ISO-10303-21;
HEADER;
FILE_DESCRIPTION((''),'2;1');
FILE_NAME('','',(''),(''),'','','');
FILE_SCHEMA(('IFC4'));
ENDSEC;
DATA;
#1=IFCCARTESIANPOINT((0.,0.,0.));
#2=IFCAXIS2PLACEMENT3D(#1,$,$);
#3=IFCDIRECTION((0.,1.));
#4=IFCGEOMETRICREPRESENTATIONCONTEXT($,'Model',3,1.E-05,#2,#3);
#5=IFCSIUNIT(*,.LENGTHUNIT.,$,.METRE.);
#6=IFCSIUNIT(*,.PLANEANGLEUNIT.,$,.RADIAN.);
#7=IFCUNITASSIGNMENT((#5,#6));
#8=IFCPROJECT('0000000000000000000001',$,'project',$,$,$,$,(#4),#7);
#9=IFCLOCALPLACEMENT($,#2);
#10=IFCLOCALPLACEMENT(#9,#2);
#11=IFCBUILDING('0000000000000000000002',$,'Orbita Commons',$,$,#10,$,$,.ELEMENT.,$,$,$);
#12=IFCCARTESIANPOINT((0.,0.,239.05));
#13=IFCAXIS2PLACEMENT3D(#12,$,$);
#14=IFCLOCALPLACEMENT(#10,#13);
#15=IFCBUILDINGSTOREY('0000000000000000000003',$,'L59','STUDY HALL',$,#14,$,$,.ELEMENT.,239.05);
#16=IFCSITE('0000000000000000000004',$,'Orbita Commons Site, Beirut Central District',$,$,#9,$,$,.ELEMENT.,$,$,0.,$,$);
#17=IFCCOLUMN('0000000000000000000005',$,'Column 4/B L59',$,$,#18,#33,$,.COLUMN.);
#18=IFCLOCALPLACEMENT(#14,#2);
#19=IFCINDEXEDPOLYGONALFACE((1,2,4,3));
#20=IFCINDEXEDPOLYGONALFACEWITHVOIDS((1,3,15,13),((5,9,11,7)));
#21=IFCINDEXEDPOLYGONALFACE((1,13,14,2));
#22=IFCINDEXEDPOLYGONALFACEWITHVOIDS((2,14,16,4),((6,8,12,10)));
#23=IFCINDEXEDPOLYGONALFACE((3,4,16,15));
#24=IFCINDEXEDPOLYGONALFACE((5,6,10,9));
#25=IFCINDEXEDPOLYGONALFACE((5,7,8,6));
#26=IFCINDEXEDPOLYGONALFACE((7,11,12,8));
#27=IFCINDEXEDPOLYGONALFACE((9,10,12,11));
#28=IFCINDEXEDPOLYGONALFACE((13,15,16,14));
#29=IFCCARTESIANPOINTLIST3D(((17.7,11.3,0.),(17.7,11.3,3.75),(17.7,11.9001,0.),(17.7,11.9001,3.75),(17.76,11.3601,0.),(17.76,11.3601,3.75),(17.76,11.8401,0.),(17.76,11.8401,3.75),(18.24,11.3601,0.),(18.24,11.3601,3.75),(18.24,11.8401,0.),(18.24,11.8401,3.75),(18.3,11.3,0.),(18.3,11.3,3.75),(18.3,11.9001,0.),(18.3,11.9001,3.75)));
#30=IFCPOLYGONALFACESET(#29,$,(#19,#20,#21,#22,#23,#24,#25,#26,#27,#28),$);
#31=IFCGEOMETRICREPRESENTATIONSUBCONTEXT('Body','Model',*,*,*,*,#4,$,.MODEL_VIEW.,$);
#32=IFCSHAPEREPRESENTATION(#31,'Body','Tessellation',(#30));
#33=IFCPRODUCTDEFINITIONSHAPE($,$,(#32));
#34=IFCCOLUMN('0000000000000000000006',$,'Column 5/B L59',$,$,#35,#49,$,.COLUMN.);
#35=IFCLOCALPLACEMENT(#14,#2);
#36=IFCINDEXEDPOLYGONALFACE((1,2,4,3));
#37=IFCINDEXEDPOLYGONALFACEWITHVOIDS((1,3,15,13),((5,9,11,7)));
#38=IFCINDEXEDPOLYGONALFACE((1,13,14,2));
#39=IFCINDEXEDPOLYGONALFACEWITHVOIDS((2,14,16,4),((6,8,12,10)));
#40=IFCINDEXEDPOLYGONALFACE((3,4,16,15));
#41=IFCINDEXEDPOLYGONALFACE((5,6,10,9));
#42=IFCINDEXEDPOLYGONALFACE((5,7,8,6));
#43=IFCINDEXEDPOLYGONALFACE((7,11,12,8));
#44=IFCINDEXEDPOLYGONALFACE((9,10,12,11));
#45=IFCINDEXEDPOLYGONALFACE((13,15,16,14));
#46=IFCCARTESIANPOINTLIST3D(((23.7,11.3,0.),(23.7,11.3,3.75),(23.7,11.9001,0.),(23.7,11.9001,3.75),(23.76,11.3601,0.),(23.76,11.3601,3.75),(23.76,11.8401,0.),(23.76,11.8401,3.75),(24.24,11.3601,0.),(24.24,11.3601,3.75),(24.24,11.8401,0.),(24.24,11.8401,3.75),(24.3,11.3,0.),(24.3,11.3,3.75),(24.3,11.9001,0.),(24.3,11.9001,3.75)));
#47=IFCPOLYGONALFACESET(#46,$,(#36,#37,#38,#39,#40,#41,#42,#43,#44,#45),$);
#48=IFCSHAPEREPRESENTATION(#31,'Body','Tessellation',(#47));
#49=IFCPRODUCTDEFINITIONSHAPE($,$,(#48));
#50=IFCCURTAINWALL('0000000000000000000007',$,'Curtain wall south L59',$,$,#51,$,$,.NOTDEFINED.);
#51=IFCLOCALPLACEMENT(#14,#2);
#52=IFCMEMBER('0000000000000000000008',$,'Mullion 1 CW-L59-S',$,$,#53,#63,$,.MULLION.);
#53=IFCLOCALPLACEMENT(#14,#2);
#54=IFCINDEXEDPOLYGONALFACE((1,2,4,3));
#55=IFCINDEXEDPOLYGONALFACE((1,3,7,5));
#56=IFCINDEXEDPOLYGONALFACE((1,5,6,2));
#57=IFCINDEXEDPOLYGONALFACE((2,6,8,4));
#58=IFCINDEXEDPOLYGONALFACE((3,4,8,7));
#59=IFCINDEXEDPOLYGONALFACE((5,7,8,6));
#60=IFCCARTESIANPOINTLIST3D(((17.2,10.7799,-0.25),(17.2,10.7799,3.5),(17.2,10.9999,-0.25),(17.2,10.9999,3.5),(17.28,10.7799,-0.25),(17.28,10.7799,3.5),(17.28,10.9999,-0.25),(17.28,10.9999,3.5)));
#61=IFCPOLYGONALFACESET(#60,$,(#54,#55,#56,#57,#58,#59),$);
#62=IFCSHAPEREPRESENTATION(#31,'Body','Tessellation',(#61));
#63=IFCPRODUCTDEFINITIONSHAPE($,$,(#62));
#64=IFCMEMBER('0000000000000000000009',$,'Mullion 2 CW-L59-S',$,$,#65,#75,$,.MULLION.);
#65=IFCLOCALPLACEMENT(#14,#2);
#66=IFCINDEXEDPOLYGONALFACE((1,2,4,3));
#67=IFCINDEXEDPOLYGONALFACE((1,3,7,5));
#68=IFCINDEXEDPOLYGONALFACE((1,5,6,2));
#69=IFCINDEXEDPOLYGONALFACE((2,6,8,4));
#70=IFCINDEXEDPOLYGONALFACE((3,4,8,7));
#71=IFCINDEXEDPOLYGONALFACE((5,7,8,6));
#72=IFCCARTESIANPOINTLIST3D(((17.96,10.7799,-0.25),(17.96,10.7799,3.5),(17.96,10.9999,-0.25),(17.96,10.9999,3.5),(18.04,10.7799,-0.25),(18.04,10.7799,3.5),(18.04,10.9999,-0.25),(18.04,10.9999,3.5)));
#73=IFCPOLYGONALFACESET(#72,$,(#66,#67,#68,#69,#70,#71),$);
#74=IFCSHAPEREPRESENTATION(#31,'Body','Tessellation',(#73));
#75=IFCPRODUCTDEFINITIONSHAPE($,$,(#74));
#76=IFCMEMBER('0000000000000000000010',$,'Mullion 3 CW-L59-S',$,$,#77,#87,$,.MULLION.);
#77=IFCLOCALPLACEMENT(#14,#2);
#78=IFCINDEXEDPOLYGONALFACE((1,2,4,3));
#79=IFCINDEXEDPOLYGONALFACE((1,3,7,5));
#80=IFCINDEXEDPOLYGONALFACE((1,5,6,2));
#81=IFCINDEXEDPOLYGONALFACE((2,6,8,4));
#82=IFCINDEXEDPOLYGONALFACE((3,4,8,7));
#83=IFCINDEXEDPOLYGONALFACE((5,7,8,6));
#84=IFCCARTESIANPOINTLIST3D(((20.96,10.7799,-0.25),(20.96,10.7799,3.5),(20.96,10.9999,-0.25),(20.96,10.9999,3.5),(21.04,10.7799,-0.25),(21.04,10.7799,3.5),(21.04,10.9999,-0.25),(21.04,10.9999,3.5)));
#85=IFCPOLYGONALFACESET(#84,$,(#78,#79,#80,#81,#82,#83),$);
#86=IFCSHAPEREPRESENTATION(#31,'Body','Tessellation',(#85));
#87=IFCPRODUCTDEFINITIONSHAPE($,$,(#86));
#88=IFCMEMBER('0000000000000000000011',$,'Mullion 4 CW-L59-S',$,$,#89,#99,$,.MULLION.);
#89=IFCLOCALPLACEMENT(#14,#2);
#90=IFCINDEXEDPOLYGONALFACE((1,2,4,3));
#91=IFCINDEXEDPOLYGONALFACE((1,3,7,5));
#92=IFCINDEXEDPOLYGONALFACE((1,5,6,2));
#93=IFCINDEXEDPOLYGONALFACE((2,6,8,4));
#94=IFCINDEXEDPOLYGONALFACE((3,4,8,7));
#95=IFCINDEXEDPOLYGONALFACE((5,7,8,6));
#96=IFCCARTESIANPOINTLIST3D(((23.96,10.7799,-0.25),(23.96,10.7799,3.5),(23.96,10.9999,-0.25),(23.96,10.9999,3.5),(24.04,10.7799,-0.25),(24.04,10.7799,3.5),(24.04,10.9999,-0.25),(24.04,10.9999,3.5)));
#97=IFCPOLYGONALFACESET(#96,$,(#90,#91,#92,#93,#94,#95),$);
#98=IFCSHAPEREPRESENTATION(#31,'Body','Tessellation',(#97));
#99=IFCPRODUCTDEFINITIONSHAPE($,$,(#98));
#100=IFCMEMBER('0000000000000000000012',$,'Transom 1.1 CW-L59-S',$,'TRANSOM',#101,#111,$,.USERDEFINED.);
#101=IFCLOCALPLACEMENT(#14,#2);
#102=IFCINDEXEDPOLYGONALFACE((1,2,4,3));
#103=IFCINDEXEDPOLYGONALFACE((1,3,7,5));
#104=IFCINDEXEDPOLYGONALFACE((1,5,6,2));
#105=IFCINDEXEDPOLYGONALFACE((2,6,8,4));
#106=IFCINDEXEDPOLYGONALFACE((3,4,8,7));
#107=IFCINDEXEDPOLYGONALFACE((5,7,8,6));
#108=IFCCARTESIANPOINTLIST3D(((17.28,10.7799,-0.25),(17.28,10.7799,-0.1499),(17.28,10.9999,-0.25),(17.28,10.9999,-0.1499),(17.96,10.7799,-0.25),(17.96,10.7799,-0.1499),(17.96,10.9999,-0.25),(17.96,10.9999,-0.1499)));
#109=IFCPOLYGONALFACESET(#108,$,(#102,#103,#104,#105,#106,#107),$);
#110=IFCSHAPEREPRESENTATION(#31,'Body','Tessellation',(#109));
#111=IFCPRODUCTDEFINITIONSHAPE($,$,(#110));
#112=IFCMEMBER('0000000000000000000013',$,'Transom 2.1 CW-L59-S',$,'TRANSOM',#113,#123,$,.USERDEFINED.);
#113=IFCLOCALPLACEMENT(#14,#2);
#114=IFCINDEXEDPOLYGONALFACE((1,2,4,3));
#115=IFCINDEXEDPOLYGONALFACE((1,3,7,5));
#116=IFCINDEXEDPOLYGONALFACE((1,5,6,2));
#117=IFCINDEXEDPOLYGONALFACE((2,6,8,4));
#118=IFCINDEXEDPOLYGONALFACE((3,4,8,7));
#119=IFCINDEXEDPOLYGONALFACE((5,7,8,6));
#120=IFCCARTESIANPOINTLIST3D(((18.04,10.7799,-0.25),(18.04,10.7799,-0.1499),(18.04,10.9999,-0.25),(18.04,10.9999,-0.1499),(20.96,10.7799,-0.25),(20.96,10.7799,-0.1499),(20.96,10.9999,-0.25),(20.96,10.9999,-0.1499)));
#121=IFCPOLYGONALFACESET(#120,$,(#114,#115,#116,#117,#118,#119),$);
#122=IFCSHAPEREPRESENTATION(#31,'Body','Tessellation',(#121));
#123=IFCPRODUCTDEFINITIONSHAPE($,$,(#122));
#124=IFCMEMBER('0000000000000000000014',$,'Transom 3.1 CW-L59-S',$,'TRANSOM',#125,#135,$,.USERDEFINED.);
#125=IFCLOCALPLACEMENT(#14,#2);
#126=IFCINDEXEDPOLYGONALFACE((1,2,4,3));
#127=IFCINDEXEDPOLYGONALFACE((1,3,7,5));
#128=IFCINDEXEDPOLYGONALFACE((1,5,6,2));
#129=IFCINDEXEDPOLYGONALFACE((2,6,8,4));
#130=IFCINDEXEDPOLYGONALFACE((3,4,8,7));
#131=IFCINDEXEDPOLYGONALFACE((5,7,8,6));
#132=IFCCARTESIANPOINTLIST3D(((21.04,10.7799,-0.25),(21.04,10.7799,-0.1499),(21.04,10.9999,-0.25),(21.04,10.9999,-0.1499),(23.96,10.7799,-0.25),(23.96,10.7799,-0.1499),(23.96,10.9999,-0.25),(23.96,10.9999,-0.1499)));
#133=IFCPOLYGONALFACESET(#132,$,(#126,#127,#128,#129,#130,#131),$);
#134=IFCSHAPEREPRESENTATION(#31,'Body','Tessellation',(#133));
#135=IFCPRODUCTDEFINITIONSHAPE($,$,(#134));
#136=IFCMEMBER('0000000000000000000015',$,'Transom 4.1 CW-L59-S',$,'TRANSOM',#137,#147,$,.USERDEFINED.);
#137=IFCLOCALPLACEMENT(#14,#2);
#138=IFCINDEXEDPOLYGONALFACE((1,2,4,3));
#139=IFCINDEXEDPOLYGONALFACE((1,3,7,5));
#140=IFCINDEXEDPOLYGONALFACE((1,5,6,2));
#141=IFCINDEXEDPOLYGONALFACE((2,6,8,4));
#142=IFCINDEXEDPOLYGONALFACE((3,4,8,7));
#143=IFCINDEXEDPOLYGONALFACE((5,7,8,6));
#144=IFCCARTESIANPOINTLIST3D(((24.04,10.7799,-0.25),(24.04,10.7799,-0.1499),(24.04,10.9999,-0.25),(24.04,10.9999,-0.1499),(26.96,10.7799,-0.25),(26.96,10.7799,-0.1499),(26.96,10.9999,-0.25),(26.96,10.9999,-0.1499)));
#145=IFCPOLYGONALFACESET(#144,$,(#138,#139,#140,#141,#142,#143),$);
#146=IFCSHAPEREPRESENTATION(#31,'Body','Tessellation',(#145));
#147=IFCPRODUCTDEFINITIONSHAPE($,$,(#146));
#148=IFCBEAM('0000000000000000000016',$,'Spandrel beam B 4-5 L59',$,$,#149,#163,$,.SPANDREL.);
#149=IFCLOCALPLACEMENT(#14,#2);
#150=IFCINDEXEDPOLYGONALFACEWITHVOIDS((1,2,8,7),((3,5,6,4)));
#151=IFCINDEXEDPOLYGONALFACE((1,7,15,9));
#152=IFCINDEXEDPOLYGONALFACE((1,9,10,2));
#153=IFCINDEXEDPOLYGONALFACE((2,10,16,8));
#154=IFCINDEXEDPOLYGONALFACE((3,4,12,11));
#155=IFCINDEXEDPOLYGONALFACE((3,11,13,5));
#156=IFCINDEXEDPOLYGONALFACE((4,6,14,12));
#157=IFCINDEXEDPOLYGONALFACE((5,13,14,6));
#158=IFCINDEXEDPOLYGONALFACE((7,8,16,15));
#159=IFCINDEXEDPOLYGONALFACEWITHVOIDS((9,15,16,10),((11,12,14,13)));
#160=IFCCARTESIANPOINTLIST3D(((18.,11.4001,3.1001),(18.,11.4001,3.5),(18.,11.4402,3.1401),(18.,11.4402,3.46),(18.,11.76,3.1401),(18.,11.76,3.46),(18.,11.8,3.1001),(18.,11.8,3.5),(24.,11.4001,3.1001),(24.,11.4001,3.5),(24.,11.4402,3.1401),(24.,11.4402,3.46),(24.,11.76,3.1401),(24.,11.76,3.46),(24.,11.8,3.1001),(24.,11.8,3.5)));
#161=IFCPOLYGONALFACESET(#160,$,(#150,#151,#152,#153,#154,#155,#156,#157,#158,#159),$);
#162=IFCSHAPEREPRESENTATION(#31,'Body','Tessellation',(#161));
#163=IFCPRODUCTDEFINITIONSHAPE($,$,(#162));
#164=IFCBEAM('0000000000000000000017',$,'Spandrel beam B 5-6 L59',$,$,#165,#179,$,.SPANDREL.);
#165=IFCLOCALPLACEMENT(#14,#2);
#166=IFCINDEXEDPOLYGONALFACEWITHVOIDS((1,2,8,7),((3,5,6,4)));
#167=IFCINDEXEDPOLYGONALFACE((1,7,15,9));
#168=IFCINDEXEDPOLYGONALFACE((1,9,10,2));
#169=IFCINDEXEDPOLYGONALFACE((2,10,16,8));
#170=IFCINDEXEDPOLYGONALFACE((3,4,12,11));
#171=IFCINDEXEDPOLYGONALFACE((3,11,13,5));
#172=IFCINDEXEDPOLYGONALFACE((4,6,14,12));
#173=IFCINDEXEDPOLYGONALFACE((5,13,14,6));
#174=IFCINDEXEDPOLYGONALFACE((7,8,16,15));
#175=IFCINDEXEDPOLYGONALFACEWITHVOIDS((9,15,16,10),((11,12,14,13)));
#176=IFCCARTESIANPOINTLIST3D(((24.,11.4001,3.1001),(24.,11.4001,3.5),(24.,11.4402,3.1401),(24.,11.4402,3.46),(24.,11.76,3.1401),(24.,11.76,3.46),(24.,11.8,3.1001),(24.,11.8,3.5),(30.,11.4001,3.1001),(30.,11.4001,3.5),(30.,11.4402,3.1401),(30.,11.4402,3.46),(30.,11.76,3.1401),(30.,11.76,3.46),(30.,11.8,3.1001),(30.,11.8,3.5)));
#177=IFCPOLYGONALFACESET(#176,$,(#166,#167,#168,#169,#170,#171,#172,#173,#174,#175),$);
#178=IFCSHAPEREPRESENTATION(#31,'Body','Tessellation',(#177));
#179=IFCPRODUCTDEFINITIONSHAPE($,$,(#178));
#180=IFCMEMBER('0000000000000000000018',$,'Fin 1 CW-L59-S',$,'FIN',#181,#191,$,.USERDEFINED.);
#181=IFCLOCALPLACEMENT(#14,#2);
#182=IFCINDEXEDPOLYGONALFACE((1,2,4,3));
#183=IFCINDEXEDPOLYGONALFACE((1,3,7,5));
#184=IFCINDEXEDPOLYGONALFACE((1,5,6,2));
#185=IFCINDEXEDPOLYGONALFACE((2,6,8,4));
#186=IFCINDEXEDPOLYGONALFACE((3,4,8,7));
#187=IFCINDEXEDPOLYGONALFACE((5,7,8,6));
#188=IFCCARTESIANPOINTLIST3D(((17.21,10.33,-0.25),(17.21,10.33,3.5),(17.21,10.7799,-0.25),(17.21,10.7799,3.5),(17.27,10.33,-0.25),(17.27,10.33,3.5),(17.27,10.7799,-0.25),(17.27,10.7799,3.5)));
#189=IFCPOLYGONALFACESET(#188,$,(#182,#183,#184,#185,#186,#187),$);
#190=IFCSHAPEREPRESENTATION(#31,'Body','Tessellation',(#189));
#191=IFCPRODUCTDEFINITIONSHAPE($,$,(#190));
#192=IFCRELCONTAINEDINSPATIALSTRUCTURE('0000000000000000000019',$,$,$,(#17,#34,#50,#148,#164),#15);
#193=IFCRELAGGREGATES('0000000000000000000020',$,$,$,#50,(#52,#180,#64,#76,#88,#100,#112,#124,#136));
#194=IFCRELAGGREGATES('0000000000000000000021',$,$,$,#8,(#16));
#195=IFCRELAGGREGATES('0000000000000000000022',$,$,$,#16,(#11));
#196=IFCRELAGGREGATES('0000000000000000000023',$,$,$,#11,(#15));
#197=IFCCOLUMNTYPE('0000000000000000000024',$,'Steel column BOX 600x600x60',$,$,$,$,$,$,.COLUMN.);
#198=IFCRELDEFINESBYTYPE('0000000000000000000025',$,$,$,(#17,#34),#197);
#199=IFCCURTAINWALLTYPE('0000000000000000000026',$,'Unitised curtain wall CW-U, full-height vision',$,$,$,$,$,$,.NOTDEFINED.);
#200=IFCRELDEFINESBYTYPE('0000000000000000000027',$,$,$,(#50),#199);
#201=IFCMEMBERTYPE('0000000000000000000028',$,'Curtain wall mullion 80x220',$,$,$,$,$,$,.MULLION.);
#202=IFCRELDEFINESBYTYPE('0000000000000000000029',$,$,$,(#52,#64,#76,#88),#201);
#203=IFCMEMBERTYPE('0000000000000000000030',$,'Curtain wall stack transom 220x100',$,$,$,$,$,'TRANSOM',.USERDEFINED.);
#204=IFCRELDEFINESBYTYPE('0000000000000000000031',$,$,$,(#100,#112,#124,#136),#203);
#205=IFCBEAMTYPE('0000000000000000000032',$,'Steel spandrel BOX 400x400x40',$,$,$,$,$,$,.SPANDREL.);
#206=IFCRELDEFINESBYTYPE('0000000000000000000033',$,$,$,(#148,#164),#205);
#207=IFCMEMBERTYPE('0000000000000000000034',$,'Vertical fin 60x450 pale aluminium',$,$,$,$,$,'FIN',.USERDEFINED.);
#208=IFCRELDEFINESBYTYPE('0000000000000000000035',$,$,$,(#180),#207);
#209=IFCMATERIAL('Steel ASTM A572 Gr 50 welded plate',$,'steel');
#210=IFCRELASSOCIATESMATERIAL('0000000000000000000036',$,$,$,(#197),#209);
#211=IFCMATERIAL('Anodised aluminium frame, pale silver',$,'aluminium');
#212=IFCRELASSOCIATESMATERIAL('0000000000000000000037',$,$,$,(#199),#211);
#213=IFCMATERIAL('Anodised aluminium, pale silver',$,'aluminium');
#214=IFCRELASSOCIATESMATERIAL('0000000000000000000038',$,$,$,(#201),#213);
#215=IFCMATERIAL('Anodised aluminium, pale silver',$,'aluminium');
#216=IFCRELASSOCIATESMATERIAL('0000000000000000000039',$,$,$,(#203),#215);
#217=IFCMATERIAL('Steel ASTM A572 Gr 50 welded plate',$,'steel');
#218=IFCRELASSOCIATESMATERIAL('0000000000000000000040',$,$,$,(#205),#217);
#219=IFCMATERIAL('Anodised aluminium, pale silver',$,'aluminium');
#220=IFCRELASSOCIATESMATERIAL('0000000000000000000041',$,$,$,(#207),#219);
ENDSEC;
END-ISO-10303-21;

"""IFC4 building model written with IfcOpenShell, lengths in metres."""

from ifc_helpers import new_model, si_unit, direction, frame, origin, origin_2d, place, context, subcontext, project, spatial, rectangle, hollow_rectangle, extrude, material, material_profile, profile_set, type_object, element, aggregate, save


model = new_model("IFC4")

# Units and contexts
model_context = context("Model", 3, precision=1e-05, world=origin(), true_north=direction((0.0, 1.0)))
body_context = subcontext(model_context, "Body", "Model", "MODEL_VIEW")
ifc_project = project(units=[si_unit("LENGTHUNIT", "METRE"), si_unit("PLANEANGLEUNIT", "RADIAN")], contexts=[model_context])

# Site, building, storey
site_placement = place(None, origin())
site = spatial("IfcSite", under=ifc_project, at=site_placement, Name="Orbita Commons Site, Beirut Central District", CompositionType="ELEMENT", RefElevation=0.0)
building_placement = place(site_placement, origin())
building = spatial("IfcBuilding", under=site, at=building_placement, Name="Orbita Commons", CompositionType="ELEMENT")
storey_placement = place(building_placement, frame((0.0, 0.0, 239.05)))
storey = spatial("IfcBuildingStorey", under=building, at=storey_placement, Name="L59", Description="STUDY HALL", CompositionType="ELEMENT", Elevation=239.05)

# Columns
ifc_material_1 = material(Name="Steel ASTM A572 Gr 50 welded plate", Category="steel")
ifc_material_profile_1 = material_profile(ifc_material_1, hollow_rectangle(XDim=0.6001, YDim=0.6001, WallThickness=0.0601, at=origin_2d()), Name="BOX 600x600x60")
ifc_profile_set_1 = profile_set([ifc_material_profile_1], Name="Steel ASTM A572 Gr 50 welded plate")
column_type = type_object("IfcColumnType", Name="Steel column BOX 600x600x60", PredefinedType="COLUMN", material=ifc_profile_set_1)
for number, where, z_axis, x_axis, name in (
    (1, (18.0, 11.6001, 0.0), (0.0, 0.0, 1.0), (1.0, 0.0, 0.0), "Column 4/B L59"),
    (2, (24.0, 11.6001, 0.0), (0.0, 0.0, 1.0), (1.0, 0.0, 0.0), "Column 5/B L59"),
):
    element("IfcColumn", number, at=place(storey_placement, frame(where, z_axis=z_axis, x_axis=x_axis)), inside=storey, type_object=column_type, Name=name, PredefinedType="COLUMN", context=body_context, shape_type="SweptSolid", body=[
        extrude(hollow_rectangle(XDim=0.6001, YDim=0.6001, WallThickness=0.0601, at=origin_2d()), origin(), (0.0, 0.0, 1.0), 3.75),
    ])

# Curtain wall, members
ifc_material_2 = material(Name="Anodised aluminium frame, pale silver", Category="aluminium")
curtain_wall_type = type_object("IfcCurtainWallType", Name="Unitised curtain wall CW-U, full-height vision", PredefinedType="NOTDEFINED", material=ifc_material_2)
curtain_wall_placement = place(storey_placement, origin())
curtain_wall = element("IfcCurtainWall", 3, at=curtain_wall_placement, inside=storey, type_object=curtain_wall_type, Name="Curtain wall south L59", PredefinedType="NOTDEFINED")
ifc_material_3 = material(Name="Anodised aluminium, pale silver", Category="aluminium")
ifc_material_profile_2 = material_profile(ifc_material_3, rectangle(XDim=0.0801, YDim=0.22, at=origin_2d()), Name="AL 80x220")
ifc_profile_set_2 = profile_set([ifc_material_profile_2], Name="Anodised aluminium, pale silver")
member_type_1 = type_object("IfcMemberType", Name="Curtain wall mullion 80x220", PredefinedType="MULLION", material=ifc_profile_set_2)
member_1_placement = place(storey_placement, frame((17.24, 10.8899, -0.25), z_axis=(0.0, 0.0, 1.0), x_axis=(1.0, 0.0, 0.0)))
member_1 = element("IfcMember", 4, at=member_1_placement, type_object=member_type_1, Name="Mullion 1 CW-L59-S", PredefinedType="MULLION", context=body_context, shape_type="SweptSolid", body=[
    extrude(rectangle(XDim=0.0801, YDim=0.22, at=origin_2d()), origin(), (0.0, 0.0, 1.0), 3.75),
])
member_2_placement = place(storey_placement, frame((18.0, 10.8899, -0.25), z_axis=(0.0, 0.0, 1.0), x_axis=(1.0, 0.0, 0.0)))
member_2 = element("IfcMember", 5, at=member_2_placement, type_object=member_type_1, Name="Mullion 2 CW-L59-S", PredefinedType="MULLION", context=body_context, shape_type="SweptSolid", body=[
    extrude(rectangle(XDim=0.0801, YDim=0.22, at=origin_2d()), origin(), (0.0, 0.0, 1.0), 3.75),
])
member_3_placement = place(storey_placement, frame((21.0, 10.8899, -0.25), z_axis=(0.0, 0.0, 1.0), x_axis=(1.0, 0.0, 0.0)))
member_3 = element("IfcMember", 6, at=member_3_placement, type_object=member_type_1, Name="Mullion 3 CW-L59-S", PredefinedType="MULLION", context=body_context, shape_type="SweptSolid", body=[
    extrude(rectangle(XDim=0.0801, YDim=0.22, at=origin_2d()), origin(), (0.0, 0.0, 1.0), 3.75),
])
member_4_placement = place(storey_placement, frame((24.0, 10.8899, -0.25), z_axis=(0.0, 0.0, 1.0), x_axis=(1.0, 0.0, 0.0)))
member_4 = element("IfcMember", 7, at=member_4_placement, type_object=member_type_1, Name="Mullion 4 CW-L59-S", PredefinedType="MULLION", context=body_context, shape_type="SweptSolid", body=[
    extrude(rectangle(XDim=0.0801, YDim=0.22, at=origin_2d()), origin(), (0.0, 0.0, 1.0), 3.75),
])
ifc_material_4 = material(Name="Anodised aluminium, pale silver", Category="aluminium")
ifc_material_profile_3 = material_profile(ifc_material_4, rectangle(XDim=0.22, YDim=0.1001, at=origin_2d()), Name="AL 220x100")
ifc_profile_set_3 = profile_set([ifc_material_profile_3], Name="Anodised aluminium, pale silver")
member_type_2 = type_object("IfcMemberType", Name="Curtain wall stack transom 220x100", ElementType="TRANSOM", PredefinedType="USERDEFINED", material=ifc_profile_set_3)
member_5_placement = place(storey_placement, frame((17.28, 10.8899, -0.2), z_axis=(1.0, 0.0, 0.0), x_axis=(0.0, 1.0, 0.0)))
member_5 = element("IfcMember", 8, at=member_5_placement, type_object=member_type_2, Name="Transom 1.1 CW-L59-S", ObjectType="TRANSOM", PredefinedType="USERDEFINED", context=body_context, shape_type="SweptSolid", body=[
    extrude(rectangle(XDim=0.22, YDim=0.1001, at=origin_2d()), origin(), (0.0, 0.0, 1.0), 0.6799),
])
member_6_placement = place(storey_placement, frame((18.04, 10.8899, -0.2), z_axis=(1.0, 0.0, 0.0), x_axis=(0.0, 1.0, 0.0)))
member_6 = element("IfcMember", 9, at=member_6_placement, type_object=member_type_2, Name="Transom 2.1 CW-L59-S", ObjectType="TRANSOM", PredefinedType="USERDEFINED", context=body_context, shape_type="SweptSolid", body=[
    extrude(rectangle(XDim=0.22, YDim=0.1001, at=origin_2d()), origin(), (0.0, 0.0, 1.0), 2.9199),
])
member_7_placement = place(storey_placement, frame((21.04, 10.8899, -0.2), z_axis=(1.0, 0.0, 0.0), x_axis=(0.0, 1.0, 0.0)))
member_7 = element("IfcMember", 10, at=member_7_placement, type_object=member_type_2, Name="Transom 3.1 CW-L59-S", ObjectType="TRANSOM", PredefinedType="USERDEFINED", context=body_context, shape_type="SweptSolid", body=[
    extrude(rectangle(XDim=0.22, YDim=0.1001, at=origin_2d()), origin(), (0.0, 0.0, 1.0), 2.9199),
])
member_8_placement = place(storey_placement, frame((24.04, 10.8899, -0.2), z_axis=(1.0, 0.0, 0.0), x_axis=(0.0, 1.0, 0.0)))
member_8 = element("IfcMember", 11, at=member_8_placement, type_object=member_type_2, Name="Transom 4.1 CW-L59-S", ObjectType="TRANSOM", PredefinedType="USERDEFINED", context=body_context, shape_type="SweptSolid", body=[
    extrude(rectangle(XDim=0.22, YDim=0.1001, at=origin_2d()), origin(), (0.0, 0.0, 1.0), 2.9199),
])

# Beams
ifc_material_5 = material(Name="Steel ASTM A572 Gr 50 welded plate", Category="steel")
ifc_material_profile_4 = material_profile(ifc_material_5, hollow_rectangle(XDim=0.3999, YDim=0.3999, WallThickness=0.04, at=origin_2d()), Name="BOX 400x400x40")
ifc_profile_set_4 = profile_set([ifc_material_profile_4], Name="Steel ASTM A572 Gr 50 welded plate")
beam_type = type_object("IfcBeamType", Name="Steel spandrel BOX 400x400x40", PredefinedType="SPANDREL", material=ifc_profile_set_4)
for number, where, z_axis, x_axis, name in (
    (12, (18.0, 11.6001, 3.3), (1.0, 0.0, 0.0), (0.0, 1.0, 0.0), "Spandrel beam B 4-5 L59"),
    (13, (24.0, 11.6001, 3.3), (1.0, 0.0, 0.0), (0.0, 1.0, 0.0), "Spandrel beam B 5-6 L59"),
):
    element("IfcBeam", number, at=place(storey_placement, frame(where, z_axis=z_axis, x_axis=x_axis)), inside=storey, type_object=beam_type, Name=name, PredefinedType="SPANDREL", context=body_context, shape_type="SweptSolid", body=[
        extrude(hollow_rectangle(XDim=0.3999, YDim=0.3999, WallThickness=0.04, at=origin_2d()), origin(), (0.0, 0.0, 1.0), 6.0),
    ])

# Member
ifc_material_6 = material(Name="Anodised aluminium, pale silver", Category="aluminium")
ifc_material_profile_5 = material_profile(ifc_material_6, rectangle(XDim=0.0601, YDim=0.45, at=origin_2d()), Name="FIN 60x450")
ifc_profile_set_5 = profile_set([ifc_material_profile_5], Name="Anodised aluminium, pale silver")
member_type_3 = type_object("IfcMemberType", Name="Vertical fin 60x450 pale aluminium", ElementType="FIN", PredefinedType="USERDEFINED", material=ifc_profile_set_5)
member_9_placement = place(storey_placement, frame((17.24, 10.5549, -0.25), z_axis=(0.0, 0.0, 1.0), x_axis=(1.0, 0.0, 0.0)))
member_9 = element("IfcMember", 14, at=member_9_placement, type_object=member_type_3, Name="Fin 1 CW-L59-S", ObjectType="FIN", PredefinedType="USERDEFINED", context=body_context, shape_type="SweptSolid", body=[
    extrude(rectangle(XDim=0.0601, YDim=0.45, at=origin_2d()), origin(), (0.0, 0.0, 1.0), 3.75),
])

aggregate(curtain_wall, [member_1, member_9, member_2, member_3, member_4, member_5, member_6, member_7, member_8])

save(model, "model.ifc")
